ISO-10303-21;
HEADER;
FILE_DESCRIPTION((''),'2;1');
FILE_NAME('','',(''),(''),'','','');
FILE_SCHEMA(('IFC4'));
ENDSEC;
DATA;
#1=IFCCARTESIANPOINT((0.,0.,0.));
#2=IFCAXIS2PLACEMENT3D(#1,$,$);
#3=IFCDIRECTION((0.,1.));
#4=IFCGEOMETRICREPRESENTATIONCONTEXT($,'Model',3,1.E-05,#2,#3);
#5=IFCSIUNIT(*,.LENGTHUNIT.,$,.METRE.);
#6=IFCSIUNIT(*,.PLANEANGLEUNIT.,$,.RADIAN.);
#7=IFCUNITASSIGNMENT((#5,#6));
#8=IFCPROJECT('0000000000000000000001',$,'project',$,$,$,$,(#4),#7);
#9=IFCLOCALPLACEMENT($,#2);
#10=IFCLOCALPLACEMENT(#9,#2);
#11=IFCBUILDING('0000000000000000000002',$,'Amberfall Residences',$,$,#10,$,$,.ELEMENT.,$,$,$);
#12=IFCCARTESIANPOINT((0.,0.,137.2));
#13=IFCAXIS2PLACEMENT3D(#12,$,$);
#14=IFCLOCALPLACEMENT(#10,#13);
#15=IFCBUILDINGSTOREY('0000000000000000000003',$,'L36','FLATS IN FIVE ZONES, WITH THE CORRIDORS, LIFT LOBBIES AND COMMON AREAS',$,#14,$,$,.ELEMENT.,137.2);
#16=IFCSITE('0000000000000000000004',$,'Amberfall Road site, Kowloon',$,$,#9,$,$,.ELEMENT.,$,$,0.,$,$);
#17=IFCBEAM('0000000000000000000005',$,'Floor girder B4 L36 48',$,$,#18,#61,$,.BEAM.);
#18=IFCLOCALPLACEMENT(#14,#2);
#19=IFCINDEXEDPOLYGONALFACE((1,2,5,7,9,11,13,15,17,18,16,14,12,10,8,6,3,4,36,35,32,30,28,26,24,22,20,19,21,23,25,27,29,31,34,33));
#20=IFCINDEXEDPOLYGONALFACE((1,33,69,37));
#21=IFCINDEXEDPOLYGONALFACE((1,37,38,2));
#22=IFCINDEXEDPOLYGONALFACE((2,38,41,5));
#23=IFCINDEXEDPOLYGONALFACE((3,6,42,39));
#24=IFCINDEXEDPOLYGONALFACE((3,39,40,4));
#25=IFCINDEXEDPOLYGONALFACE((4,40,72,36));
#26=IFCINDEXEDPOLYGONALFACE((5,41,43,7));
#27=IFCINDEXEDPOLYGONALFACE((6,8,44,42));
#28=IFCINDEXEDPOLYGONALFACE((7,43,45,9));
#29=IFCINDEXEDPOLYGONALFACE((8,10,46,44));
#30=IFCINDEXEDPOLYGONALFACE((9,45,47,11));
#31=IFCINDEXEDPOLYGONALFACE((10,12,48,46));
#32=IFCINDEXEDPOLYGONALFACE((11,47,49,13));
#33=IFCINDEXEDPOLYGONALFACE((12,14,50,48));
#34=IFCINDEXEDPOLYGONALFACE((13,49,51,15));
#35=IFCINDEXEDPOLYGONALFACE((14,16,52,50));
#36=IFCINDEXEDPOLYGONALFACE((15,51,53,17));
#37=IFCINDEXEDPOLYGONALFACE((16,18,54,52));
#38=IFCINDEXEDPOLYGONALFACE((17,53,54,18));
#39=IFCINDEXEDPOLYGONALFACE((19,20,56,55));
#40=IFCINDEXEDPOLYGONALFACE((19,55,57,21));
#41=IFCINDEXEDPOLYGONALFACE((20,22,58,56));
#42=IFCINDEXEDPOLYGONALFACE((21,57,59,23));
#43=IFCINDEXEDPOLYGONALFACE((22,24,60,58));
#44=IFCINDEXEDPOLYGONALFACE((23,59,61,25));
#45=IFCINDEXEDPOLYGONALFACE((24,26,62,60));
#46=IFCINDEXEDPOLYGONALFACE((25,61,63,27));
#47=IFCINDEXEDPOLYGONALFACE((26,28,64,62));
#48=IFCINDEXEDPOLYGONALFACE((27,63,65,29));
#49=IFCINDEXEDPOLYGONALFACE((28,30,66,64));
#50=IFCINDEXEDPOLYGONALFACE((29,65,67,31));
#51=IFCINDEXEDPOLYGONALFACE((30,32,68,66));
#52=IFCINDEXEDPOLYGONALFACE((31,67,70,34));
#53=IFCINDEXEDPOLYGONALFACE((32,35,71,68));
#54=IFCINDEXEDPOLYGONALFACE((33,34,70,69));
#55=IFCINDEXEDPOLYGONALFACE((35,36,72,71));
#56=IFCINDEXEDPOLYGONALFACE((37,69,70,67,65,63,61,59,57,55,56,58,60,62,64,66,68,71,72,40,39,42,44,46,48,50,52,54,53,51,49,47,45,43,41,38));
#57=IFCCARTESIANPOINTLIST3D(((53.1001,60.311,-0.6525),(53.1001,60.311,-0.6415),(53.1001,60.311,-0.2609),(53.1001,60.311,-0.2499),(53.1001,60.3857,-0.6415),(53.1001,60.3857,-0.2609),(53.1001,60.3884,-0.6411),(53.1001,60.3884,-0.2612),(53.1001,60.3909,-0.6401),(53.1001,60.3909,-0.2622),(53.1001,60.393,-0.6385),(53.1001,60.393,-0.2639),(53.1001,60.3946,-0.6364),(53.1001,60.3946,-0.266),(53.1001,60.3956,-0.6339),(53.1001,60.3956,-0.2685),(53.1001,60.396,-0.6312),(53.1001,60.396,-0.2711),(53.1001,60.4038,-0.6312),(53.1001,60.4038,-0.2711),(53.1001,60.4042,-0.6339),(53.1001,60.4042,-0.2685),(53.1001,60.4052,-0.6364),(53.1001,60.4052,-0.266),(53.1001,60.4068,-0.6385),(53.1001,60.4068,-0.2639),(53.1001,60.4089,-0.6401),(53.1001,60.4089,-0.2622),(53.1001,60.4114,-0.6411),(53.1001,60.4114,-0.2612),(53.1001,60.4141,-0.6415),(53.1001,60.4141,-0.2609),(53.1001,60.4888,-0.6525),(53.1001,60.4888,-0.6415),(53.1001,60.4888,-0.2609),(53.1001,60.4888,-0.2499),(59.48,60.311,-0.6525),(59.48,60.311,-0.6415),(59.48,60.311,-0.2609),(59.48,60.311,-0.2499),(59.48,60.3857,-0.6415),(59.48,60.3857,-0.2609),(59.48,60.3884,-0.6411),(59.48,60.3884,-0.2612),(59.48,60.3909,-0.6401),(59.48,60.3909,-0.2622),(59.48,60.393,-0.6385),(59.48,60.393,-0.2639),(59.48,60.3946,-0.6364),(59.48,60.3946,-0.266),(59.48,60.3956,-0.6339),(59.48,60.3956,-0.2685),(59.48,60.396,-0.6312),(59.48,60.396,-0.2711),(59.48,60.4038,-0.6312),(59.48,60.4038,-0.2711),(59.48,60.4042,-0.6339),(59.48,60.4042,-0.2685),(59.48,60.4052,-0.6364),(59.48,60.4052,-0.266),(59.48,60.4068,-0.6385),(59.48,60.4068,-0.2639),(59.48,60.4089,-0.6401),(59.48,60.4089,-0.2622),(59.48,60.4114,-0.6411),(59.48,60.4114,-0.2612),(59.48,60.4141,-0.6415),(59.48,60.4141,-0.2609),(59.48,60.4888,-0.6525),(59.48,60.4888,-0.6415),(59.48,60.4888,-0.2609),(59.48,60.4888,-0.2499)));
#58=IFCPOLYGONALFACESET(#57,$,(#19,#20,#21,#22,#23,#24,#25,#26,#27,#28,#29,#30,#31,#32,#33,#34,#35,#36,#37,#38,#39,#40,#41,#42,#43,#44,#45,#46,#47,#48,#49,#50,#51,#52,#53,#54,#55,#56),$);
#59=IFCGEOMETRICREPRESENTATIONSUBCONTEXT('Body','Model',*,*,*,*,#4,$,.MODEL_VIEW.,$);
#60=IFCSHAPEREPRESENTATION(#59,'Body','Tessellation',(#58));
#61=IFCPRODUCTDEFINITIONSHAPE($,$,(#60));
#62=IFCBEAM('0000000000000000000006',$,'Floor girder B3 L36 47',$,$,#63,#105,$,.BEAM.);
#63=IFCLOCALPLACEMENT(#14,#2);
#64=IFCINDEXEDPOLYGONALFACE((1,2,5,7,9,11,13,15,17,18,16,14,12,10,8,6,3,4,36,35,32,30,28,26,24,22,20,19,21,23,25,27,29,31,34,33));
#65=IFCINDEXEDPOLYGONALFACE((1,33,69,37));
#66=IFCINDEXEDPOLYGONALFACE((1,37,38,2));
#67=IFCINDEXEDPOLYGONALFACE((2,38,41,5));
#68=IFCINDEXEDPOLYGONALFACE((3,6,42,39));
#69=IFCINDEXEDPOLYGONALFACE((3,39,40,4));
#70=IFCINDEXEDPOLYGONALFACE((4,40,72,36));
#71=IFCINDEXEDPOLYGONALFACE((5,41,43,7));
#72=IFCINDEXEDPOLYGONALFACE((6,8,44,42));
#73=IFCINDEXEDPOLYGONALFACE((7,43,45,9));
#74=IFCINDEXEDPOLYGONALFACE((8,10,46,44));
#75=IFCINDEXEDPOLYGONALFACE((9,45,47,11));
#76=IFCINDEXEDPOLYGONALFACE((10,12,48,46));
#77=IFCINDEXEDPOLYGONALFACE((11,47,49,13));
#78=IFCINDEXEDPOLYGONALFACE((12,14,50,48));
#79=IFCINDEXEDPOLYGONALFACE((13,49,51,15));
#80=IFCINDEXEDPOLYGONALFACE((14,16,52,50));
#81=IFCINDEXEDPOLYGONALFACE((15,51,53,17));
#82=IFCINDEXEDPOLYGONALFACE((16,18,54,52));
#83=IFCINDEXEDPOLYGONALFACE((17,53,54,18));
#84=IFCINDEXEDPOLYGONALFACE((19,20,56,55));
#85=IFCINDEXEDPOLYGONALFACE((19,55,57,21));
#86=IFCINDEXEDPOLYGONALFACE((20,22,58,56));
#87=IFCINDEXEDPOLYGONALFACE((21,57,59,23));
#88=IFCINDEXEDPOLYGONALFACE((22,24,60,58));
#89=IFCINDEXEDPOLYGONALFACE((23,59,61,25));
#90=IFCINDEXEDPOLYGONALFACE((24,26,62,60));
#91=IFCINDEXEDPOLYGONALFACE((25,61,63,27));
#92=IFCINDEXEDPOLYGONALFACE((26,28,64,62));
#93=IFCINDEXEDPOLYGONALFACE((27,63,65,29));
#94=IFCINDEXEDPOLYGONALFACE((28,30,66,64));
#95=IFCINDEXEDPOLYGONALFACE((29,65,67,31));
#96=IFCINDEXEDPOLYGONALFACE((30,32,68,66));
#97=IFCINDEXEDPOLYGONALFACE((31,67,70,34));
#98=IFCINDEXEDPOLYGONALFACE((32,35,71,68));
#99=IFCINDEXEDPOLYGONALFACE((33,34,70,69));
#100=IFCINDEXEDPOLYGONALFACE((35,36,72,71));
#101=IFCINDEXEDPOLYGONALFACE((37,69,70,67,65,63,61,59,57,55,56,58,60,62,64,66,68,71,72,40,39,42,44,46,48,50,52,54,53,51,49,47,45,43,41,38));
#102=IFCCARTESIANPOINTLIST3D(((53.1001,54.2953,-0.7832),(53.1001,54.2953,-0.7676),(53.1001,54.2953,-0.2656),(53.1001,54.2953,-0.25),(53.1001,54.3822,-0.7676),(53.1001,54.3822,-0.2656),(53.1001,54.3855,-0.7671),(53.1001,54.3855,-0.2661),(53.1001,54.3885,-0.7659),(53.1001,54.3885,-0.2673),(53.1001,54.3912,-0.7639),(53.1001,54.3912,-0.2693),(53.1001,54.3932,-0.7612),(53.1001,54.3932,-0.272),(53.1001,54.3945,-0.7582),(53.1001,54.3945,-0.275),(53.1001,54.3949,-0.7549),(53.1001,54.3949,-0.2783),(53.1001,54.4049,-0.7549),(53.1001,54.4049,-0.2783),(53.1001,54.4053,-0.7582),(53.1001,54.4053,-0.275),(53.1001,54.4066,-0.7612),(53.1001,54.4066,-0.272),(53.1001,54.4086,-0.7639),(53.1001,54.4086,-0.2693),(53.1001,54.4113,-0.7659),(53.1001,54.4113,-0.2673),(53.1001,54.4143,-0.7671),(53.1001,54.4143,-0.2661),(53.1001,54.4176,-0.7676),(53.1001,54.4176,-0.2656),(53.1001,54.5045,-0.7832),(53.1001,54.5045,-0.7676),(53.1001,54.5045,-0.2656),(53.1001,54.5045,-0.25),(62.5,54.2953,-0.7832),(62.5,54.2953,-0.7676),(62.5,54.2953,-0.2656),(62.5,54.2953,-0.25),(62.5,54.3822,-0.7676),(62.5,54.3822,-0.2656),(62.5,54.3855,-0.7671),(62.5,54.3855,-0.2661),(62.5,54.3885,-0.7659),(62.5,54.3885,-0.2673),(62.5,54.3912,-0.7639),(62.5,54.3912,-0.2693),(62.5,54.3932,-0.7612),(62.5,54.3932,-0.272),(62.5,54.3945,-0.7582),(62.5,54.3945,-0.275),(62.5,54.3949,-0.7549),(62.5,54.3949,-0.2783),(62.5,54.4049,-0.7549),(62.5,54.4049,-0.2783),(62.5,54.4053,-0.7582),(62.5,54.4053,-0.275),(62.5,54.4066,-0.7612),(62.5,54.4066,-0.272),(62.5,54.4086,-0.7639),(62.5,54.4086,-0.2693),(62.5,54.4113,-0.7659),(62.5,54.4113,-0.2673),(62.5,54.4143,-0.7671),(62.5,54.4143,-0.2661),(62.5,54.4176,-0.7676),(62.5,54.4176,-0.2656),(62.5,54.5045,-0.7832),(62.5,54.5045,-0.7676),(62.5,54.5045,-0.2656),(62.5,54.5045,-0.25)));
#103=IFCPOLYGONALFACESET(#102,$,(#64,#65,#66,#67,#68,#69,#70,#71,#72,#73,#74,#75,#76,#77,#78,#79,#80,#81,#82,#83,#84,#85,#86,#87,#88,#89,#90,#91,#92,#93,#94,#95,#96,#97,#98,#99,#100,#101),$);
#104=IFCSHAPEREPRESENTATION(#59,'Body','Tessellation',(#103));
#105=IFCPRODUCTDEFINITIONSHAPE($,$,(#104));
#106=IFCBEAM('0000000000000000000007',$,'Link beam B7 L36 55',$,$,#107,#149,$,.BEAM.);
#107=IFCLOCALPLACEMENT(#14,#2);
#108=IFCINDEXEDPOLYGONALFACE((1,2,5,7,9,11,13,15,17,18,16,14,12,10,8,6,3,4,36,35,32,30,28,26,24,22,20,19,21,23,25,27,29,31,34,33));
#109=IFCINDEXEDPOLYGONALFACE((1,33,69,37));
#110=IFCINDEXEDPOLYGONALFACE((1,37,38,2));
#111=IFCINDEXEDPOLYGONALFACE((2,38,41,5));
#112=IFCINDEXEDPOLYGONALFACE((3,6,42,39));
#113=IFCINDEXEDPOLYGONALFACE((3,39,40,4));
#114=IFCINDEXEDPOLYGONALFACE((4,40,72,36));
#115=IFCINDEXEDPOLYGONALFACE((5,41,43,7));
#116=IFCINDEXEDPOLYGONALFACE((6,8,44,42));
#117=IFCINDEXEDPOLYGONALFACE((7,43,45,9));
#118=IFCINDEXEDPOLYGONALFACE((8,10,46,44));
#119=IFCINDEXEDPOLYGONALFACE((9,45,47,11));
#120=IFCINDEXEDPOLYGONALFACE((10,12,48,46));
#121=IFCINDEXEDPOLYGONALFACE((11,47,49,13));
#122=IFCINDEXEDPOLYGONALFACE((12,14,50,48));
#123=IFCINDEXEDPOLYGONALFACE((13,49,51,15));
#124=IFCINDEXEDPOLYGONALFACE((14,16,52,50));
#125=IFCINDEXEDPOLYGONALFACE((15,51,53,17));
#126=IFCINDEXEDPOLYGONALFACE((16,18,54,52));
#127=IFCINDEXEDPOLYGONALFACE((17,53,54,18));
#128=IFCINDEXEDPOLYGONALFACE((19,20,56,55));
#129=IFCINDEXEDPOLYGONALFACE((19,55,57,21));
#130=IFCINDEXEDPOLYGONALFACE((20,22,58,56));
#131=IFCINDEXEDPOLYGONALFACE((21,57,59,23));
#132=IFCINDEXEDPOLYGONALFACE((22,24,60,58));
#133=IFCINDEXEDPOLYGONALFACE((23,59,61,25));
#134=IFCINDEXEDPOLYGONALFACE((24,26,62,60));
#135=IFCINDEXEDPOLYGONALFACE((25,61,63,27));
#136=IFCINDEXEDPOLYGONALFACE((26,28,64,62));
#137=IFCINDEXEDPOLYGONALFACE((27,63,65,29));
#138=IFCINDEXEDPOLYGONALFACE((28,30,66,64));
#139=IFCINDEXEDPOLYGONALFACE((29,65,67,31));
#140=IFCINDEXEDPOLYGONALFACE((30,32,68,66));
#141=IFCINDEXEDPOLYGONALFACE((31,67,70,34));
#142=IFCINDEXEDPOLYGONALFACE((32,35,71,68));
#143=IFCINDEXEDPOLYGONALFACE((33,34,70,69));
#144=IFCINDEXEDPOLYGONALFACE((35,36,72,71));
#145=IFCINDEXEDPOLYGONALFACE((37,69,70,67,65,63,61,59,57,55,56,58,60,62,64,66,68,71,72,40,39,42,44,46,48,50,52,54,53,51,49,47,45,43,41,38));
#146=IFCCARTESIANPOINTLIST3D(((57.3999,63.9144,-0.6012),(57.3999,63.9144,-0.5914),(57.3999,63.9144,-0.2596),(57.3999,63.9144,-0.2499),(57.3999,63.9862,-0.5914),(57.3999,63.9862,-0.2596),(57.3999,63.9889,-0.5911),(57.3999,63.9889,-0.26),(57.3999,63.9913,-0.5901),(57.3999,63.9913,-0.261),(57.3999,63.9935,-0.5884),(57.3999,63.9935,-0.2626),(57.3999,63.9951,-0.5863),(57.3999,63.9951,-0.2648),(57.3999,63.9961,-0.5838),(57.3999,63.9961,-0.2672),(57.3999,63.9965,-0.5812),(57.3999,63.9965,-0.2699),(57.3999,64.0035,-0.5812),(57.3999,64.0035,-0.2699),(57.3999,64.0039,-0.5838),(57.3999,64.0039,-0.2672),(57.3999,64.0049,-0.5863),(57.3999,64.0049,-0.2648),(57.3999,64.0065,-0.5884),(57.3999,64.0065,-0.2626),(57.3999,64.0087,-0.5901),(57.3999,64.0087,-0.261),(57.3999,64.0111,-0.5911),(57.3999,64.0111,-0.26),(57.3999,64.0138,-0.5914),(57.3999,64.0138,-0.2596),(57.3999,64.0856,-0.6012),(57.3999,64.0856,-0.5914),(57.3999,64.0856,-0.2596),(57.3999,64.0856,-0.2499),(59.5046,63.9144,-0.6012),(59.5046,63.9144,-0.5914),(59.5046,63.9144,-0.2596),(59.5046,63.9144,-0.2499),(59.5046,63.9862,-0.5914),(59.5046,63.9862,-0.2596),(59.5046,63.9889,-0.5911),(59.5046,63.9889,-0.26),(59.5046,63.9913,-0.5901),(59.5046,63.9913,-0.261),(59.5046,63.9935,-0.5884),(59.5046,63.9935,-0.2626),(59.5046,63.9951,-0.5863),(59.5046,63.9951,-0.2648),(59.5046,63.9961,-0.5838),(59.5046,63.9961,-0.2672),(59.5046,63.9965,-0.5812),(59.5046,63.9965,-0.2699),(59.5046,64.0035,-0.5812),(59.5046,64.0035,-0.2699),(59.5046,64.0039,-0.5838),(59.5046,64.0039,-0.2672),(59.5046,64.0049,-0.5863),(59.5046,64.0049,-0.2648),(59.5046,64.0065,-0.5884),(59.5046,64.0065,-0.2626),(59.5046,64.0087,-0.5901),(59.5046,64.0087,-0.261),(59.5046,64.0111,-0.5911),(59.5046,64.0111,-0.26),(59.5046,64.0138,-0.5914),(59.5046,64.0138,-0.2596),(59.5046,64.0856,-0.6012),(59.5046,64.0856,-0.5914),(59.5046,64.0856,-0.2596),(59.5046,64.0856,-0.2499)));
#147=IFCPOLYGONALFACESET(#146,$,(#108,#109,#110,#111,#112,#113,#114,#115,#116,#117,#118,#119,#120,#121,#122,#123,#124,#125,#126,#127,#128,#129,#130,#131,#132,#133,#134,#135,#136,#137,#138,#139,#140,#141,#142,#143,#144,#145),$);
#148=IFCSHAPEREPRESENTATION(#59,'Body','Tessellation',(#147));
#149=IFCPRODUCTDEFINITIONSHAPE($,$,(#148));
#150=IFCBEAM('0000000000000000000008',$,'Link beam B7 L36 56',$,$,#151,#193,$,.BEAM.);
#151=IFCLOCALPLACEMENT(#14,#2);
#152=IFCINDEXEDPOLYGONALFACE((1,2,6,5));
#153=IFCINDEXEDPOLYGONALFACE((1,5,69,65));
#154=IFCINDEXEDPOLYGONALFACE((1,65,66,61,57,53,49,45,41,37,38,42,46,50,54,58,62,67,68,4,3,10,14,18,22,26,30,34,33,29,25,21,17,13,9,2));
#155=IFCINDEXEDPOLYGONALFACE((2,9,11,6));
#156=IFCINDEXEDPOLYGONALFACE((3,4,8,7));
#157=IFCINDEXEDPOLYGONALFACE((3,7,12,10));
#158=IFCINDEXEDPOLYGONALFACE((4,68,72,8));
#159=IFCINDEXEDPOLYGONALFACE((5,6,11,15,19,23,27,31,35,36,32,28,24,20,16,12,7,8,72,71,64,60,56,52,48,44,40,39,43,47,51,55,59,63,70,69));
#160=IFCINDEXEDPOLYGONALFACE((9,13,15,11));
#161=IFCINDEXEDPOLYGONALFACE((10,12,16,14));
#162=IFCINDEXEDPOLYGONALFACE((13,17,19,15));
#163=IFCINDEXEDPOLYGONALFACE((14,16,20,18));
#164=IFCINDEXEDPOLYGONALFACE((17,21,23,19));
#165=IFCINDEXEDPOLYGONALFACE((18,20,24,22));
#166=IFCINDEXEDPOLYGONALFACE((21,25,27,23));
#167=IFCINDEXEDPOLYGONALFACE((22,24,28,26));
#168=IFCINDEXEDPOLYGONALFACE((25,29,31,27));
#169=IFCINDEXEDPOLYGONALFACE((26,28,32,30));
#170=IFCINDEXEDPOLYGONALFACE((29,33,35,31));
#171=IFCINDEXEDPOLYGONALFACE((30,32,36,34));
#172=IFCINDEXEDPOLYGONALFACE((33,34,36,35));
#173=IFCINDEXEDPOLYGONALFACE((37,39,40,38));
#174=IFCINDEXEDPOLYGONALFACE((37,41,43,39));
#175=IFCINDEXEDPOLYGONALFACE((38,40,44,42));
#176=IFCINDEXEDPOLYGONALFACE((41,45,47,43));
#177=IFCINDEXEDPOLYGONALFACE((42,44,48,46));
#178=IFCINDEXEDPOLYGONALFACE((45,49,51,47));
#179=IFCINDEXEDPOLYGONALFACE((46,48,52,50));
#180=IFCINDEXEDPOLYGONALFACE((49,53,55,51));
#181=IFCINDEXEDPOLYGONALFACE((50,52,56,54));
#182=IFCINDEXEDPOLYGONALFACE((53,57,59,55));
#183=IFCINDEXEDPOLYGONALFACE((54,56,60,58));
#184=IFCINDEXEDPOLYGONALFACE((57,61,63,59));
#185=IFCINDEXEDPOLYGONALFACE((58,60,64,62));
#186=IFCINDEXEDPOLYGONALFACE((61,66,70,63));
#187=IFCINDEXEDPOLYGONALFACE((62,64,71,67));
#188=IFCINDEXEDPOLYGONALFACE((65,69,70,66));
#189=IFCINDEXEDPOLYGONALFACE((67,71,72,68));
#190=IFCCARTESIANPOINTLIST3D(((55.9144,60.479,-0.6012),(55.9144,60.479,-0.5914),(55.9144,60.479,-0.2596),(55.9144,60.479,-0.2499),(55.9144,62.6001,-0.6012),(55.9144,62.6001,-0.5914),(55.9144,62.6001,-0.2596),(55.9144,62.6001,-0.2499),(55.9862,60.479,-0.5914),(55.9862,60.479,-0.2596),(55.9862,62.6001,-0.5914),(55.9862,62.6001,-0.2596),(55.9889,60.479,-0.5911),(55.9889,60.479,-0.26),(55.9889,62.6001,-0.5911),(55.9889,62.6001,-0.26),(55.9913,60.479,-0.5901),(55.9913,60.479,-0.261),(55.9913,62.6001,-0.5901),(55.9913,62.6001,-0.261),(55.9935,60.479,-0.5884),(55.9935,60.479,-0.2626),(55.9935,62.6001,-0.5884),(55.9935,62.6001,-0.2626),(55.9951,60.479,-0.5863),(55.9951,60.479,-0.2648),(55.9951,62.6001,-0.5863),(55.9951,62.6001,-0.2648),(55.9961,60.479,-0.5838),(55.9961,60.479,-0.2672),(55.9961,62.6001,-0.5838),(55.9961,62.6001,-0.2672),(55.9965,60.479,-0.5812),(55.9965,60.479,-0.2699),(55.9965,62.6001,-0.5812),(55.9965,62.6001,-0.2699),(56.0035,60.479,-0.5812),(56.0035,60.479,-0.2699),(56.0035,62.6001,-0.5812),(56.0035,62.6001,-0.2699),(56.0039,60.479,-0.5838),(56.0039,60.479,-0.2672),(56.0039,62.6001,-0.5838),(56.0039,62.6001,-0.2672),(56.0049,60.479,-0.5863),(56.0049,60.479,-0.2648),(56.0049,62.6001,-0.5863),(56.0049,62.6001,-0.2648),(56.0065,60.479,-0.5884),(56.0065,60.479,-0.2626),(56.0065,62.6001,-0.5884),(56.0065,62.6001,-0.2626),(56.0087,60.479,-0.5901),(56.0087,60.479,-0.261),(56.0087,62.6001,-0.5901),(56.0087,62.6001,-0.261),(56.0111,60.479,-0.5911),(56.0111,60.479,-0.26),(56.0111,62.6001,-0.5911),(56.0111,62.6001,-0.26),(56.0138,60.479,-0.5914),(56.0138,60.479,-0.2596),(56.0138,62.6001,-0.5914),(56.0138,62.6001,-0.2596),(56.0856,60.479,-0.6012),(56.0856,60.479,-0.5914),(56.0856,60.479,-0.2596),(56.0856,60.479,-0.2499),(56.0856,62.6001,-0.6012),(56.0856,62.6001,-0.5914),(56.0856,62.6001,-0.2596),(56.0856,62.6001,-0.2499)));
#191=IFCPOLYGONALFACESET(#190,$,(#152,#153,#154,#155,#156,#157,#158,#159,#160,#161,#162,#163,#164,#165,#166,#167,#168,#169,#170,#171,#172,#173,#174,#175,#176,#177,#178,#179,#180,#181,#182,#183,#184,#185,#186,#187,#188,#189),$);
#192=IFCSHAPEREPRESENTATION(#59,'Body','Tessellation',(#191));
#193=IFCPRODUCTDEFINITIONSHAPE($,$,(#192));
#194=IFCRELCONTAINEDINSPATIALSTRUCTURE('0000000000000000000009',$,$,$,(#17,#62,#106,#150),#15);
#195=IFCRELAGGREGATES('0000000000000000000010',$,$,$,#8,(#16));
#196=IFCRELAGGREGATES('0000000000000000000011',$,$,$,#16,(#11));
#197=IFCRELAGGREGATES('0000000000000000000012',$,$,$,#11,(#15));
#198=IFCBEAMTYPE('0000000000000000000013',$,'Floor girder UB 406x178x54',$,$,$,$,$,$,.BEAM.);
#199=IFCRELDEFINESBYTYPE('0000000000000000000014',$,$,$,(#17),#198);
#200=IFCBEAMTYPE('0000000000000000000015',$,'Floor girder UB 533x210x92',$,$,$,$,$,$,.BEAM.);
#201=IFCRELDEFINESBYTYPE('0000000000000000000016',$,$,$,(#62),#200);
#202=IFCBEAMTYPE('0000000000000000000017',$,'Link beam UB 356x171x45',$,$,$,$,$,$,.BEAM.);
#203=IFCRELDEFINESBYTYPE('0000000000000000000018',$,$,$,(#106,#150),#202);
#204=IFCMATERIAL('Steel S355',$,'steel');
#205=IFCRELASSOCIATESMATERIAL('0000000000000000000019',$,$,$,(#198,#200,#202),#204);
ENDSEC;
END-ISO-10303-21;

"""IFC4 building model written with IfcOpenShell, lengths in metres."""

from ifc_helpers import new_model, si_unit, direction, frame, origin, origin_2d, place, context, subcontext, project, spatial, i_section, extrude, material, material_profile, profile_set, type_object, element, save


model = new_model("IFC4")

# Units and contexts
model_context = context("Model", 3, precision=1e-05, world=origin(), true_north=direction((0.0, 1.0)))
body_context = subcontext(model_context, "Body", "Model", "MODEL_VIEW")
ifc_project = project(units=[si_unit("LENGTHUNIT", "METRE"), si_unit("PLANEANGLEUNIT", "RADIAN")], contexts=[model_context])

# Site, building, storey
site_placement = place(None, origin())
site = spatial("IfcSite", under=ifc_project, at=site_placement, Name="Amberfall Road site, Kowloon", CompositionType="ELEMENT", RefElevation=0.0)
building_placement = place(site_placement, origin())
building = spatial("IfcBuilding", under=site, at=building_placement, Name="Amberfall Residences", CompositionType="ELEMENT")
storey_placement = place(building_placement, frame((0.0, 0.0, 137.2)))
storey = spatial("IfcBuildingStorey", under=building, at=storey_placement, Name="L36", Description="FLATS IN FIVE ZONES, WITH THE CORRIDORS, LIFT LOBBIES AND COMMON AREAS", CompositionType="ELEMENT", Elevation=137.2)

# Shared definitions
ifc_material_1 = material(Name="Steel S355", Category="steel")

# Beams
ifc_material_profile_1 = material_profile(ifc_material_1, i_section(OverallWidth=0.1777, OverallDepth=0.4026, WebThickness=0.0078, FlangeThickness=0.011, FilletRadius=0.0103, at=origin_2d()), Name="UB 406x178x54")
ifc_profile_set_1 = profile_set([ifc_material_profile_1], Name="Steel S355")
beam_type_1 = type_object("IfcBeamType", Name="Floor girder UB 406x178x54", PredefinedType="BEAM", material=ifc_profile_set_1)
beam_1_placement = place(storey_placement, frame((53.1001, 60.3999, -0.4512), z_axis=(1.0, 0.0, 0.0), x_axis=(0.0, 1.0, 0.0)))
element("IfcBeam", 1, at=beam_1_placement, inside=storey, type_object=beam_type_1, Name="Floor girder B4 L36 48", PredefinedType="BEAM", context=body_context, shape_type="SweptSolid", body=[
    extrude(i_section(OverallWidth=0.1777, OverallDepth=0.4026, WebThickness=0.0078, FlangeThickness=0.011, FilletRadius=0.0103, at=origin_2d()), origin(), (0.0, 0.0, 1.0), 6.3799),
])
ifc_material_profile_2 = material_profile(ifc_material_1, i_section(OverallWidth=0.2092, OverallDepth=0.5332, WebThickness=0.01, FlangeThickness=0.0156, FilletRadius=0.0127, at=origin_2d()), Name="UB 533x210x92")
ifc_profile_set_2 = profile_set([ifc_material_profile_2], Name="Steel S355")
beam_type_2 = type_object("IfcBeamType", Name="Floor girder UB 533x210x92", PredefinedType="BEAM", material=ifc_profile_set_2)
beam_2_placement = place(storey_placement, frame((53.1001, 54.3999, -0.5166), z_axis=(1.0, 0.0, 0.0), x_axis=(0.0, 1.0, 0.0)))
element("IfcBeam", 2, at=beam_2_placement, inside=storey, type_object=beam_type_2, Name="Floor girder B3 L36 47", PredefinedType="BEAM", context=body_context, shape_type="SweptSolid", body=[
    extrude(i_section(OverallWidth=0.2092, OverallDepth=0.5332, WebThickness=0.01, FlangeThickness=0.0156, FilletRadius=0.0127, at=origin_2d()), origin(), (0.0, 0.0, 1.0), 9.3999),
])
ifc_material_profile_3 = material_profile(ifc_material_1, i_section(OverallWidth=0.1711, OverallDepth=0.3513, WebThickness=0.0071, FlangeThickness=0.0098, FilletRadius=0.0103, at=origin_2d()), Name="UB 356x171x45")
ifc_profile_set_3 = profile_set([ifc_material_profile_3], Name="Steel S355")
beam_type_3 = type_object("IfcBeamType", Name="Link beam UB 356x171x45", PredefinedType="BEAM", material=ifc_profile_set_3)
beam_3_placement = place(storey_placement, frame((57.3999, 64.0, -0.4255), z_axis=(1.0, 0.0, 0.0), x_axis=(0.0, 1.0, 0.0)))
element("IfcBeam", 3, at=beam_3_placement, inside=storey, type_object=beam_type_3, Name="Link beam B7 L36 55", PredefinedType="BEAM", context=body_context, shape_type="SweptSolid", body=[
    extrude(i_section(OverallWidth=0.1711, OverallDepth=0.3513, WebThickness=0.0071, FlangeThickness=0.0098, FilletRadius=0.0103, at=origin_2d()), origin(), (0.0, 0.0, 1.0), 2.1047),
])
beam_4_placement = place(storey_placement, frame((56.0, 62.6001, -0.4255), z_axis=(0.0, -1.0, 0.0), x_axis=(1.0, 0.0, 0.0)))
element("IfcBeam", 4, at=beam_4_placement, inside=storey, type_object=beam_type_3, Name="Link beam B7 L36 56", PredefinedType="BEAM", context=body_context, shape_type="SweptSolid", body=[
    extrude(i_section(OverallWidth=0.1711, OverallDepth=0.3513, WebThickness=0.0071, FlangeThickness=0.0098, FilletRadius=0.0103, at=origin_2d()), origin(), (0.0, 0.0, 1.0), 2.1211),
])

save(model, "model.ifc")
